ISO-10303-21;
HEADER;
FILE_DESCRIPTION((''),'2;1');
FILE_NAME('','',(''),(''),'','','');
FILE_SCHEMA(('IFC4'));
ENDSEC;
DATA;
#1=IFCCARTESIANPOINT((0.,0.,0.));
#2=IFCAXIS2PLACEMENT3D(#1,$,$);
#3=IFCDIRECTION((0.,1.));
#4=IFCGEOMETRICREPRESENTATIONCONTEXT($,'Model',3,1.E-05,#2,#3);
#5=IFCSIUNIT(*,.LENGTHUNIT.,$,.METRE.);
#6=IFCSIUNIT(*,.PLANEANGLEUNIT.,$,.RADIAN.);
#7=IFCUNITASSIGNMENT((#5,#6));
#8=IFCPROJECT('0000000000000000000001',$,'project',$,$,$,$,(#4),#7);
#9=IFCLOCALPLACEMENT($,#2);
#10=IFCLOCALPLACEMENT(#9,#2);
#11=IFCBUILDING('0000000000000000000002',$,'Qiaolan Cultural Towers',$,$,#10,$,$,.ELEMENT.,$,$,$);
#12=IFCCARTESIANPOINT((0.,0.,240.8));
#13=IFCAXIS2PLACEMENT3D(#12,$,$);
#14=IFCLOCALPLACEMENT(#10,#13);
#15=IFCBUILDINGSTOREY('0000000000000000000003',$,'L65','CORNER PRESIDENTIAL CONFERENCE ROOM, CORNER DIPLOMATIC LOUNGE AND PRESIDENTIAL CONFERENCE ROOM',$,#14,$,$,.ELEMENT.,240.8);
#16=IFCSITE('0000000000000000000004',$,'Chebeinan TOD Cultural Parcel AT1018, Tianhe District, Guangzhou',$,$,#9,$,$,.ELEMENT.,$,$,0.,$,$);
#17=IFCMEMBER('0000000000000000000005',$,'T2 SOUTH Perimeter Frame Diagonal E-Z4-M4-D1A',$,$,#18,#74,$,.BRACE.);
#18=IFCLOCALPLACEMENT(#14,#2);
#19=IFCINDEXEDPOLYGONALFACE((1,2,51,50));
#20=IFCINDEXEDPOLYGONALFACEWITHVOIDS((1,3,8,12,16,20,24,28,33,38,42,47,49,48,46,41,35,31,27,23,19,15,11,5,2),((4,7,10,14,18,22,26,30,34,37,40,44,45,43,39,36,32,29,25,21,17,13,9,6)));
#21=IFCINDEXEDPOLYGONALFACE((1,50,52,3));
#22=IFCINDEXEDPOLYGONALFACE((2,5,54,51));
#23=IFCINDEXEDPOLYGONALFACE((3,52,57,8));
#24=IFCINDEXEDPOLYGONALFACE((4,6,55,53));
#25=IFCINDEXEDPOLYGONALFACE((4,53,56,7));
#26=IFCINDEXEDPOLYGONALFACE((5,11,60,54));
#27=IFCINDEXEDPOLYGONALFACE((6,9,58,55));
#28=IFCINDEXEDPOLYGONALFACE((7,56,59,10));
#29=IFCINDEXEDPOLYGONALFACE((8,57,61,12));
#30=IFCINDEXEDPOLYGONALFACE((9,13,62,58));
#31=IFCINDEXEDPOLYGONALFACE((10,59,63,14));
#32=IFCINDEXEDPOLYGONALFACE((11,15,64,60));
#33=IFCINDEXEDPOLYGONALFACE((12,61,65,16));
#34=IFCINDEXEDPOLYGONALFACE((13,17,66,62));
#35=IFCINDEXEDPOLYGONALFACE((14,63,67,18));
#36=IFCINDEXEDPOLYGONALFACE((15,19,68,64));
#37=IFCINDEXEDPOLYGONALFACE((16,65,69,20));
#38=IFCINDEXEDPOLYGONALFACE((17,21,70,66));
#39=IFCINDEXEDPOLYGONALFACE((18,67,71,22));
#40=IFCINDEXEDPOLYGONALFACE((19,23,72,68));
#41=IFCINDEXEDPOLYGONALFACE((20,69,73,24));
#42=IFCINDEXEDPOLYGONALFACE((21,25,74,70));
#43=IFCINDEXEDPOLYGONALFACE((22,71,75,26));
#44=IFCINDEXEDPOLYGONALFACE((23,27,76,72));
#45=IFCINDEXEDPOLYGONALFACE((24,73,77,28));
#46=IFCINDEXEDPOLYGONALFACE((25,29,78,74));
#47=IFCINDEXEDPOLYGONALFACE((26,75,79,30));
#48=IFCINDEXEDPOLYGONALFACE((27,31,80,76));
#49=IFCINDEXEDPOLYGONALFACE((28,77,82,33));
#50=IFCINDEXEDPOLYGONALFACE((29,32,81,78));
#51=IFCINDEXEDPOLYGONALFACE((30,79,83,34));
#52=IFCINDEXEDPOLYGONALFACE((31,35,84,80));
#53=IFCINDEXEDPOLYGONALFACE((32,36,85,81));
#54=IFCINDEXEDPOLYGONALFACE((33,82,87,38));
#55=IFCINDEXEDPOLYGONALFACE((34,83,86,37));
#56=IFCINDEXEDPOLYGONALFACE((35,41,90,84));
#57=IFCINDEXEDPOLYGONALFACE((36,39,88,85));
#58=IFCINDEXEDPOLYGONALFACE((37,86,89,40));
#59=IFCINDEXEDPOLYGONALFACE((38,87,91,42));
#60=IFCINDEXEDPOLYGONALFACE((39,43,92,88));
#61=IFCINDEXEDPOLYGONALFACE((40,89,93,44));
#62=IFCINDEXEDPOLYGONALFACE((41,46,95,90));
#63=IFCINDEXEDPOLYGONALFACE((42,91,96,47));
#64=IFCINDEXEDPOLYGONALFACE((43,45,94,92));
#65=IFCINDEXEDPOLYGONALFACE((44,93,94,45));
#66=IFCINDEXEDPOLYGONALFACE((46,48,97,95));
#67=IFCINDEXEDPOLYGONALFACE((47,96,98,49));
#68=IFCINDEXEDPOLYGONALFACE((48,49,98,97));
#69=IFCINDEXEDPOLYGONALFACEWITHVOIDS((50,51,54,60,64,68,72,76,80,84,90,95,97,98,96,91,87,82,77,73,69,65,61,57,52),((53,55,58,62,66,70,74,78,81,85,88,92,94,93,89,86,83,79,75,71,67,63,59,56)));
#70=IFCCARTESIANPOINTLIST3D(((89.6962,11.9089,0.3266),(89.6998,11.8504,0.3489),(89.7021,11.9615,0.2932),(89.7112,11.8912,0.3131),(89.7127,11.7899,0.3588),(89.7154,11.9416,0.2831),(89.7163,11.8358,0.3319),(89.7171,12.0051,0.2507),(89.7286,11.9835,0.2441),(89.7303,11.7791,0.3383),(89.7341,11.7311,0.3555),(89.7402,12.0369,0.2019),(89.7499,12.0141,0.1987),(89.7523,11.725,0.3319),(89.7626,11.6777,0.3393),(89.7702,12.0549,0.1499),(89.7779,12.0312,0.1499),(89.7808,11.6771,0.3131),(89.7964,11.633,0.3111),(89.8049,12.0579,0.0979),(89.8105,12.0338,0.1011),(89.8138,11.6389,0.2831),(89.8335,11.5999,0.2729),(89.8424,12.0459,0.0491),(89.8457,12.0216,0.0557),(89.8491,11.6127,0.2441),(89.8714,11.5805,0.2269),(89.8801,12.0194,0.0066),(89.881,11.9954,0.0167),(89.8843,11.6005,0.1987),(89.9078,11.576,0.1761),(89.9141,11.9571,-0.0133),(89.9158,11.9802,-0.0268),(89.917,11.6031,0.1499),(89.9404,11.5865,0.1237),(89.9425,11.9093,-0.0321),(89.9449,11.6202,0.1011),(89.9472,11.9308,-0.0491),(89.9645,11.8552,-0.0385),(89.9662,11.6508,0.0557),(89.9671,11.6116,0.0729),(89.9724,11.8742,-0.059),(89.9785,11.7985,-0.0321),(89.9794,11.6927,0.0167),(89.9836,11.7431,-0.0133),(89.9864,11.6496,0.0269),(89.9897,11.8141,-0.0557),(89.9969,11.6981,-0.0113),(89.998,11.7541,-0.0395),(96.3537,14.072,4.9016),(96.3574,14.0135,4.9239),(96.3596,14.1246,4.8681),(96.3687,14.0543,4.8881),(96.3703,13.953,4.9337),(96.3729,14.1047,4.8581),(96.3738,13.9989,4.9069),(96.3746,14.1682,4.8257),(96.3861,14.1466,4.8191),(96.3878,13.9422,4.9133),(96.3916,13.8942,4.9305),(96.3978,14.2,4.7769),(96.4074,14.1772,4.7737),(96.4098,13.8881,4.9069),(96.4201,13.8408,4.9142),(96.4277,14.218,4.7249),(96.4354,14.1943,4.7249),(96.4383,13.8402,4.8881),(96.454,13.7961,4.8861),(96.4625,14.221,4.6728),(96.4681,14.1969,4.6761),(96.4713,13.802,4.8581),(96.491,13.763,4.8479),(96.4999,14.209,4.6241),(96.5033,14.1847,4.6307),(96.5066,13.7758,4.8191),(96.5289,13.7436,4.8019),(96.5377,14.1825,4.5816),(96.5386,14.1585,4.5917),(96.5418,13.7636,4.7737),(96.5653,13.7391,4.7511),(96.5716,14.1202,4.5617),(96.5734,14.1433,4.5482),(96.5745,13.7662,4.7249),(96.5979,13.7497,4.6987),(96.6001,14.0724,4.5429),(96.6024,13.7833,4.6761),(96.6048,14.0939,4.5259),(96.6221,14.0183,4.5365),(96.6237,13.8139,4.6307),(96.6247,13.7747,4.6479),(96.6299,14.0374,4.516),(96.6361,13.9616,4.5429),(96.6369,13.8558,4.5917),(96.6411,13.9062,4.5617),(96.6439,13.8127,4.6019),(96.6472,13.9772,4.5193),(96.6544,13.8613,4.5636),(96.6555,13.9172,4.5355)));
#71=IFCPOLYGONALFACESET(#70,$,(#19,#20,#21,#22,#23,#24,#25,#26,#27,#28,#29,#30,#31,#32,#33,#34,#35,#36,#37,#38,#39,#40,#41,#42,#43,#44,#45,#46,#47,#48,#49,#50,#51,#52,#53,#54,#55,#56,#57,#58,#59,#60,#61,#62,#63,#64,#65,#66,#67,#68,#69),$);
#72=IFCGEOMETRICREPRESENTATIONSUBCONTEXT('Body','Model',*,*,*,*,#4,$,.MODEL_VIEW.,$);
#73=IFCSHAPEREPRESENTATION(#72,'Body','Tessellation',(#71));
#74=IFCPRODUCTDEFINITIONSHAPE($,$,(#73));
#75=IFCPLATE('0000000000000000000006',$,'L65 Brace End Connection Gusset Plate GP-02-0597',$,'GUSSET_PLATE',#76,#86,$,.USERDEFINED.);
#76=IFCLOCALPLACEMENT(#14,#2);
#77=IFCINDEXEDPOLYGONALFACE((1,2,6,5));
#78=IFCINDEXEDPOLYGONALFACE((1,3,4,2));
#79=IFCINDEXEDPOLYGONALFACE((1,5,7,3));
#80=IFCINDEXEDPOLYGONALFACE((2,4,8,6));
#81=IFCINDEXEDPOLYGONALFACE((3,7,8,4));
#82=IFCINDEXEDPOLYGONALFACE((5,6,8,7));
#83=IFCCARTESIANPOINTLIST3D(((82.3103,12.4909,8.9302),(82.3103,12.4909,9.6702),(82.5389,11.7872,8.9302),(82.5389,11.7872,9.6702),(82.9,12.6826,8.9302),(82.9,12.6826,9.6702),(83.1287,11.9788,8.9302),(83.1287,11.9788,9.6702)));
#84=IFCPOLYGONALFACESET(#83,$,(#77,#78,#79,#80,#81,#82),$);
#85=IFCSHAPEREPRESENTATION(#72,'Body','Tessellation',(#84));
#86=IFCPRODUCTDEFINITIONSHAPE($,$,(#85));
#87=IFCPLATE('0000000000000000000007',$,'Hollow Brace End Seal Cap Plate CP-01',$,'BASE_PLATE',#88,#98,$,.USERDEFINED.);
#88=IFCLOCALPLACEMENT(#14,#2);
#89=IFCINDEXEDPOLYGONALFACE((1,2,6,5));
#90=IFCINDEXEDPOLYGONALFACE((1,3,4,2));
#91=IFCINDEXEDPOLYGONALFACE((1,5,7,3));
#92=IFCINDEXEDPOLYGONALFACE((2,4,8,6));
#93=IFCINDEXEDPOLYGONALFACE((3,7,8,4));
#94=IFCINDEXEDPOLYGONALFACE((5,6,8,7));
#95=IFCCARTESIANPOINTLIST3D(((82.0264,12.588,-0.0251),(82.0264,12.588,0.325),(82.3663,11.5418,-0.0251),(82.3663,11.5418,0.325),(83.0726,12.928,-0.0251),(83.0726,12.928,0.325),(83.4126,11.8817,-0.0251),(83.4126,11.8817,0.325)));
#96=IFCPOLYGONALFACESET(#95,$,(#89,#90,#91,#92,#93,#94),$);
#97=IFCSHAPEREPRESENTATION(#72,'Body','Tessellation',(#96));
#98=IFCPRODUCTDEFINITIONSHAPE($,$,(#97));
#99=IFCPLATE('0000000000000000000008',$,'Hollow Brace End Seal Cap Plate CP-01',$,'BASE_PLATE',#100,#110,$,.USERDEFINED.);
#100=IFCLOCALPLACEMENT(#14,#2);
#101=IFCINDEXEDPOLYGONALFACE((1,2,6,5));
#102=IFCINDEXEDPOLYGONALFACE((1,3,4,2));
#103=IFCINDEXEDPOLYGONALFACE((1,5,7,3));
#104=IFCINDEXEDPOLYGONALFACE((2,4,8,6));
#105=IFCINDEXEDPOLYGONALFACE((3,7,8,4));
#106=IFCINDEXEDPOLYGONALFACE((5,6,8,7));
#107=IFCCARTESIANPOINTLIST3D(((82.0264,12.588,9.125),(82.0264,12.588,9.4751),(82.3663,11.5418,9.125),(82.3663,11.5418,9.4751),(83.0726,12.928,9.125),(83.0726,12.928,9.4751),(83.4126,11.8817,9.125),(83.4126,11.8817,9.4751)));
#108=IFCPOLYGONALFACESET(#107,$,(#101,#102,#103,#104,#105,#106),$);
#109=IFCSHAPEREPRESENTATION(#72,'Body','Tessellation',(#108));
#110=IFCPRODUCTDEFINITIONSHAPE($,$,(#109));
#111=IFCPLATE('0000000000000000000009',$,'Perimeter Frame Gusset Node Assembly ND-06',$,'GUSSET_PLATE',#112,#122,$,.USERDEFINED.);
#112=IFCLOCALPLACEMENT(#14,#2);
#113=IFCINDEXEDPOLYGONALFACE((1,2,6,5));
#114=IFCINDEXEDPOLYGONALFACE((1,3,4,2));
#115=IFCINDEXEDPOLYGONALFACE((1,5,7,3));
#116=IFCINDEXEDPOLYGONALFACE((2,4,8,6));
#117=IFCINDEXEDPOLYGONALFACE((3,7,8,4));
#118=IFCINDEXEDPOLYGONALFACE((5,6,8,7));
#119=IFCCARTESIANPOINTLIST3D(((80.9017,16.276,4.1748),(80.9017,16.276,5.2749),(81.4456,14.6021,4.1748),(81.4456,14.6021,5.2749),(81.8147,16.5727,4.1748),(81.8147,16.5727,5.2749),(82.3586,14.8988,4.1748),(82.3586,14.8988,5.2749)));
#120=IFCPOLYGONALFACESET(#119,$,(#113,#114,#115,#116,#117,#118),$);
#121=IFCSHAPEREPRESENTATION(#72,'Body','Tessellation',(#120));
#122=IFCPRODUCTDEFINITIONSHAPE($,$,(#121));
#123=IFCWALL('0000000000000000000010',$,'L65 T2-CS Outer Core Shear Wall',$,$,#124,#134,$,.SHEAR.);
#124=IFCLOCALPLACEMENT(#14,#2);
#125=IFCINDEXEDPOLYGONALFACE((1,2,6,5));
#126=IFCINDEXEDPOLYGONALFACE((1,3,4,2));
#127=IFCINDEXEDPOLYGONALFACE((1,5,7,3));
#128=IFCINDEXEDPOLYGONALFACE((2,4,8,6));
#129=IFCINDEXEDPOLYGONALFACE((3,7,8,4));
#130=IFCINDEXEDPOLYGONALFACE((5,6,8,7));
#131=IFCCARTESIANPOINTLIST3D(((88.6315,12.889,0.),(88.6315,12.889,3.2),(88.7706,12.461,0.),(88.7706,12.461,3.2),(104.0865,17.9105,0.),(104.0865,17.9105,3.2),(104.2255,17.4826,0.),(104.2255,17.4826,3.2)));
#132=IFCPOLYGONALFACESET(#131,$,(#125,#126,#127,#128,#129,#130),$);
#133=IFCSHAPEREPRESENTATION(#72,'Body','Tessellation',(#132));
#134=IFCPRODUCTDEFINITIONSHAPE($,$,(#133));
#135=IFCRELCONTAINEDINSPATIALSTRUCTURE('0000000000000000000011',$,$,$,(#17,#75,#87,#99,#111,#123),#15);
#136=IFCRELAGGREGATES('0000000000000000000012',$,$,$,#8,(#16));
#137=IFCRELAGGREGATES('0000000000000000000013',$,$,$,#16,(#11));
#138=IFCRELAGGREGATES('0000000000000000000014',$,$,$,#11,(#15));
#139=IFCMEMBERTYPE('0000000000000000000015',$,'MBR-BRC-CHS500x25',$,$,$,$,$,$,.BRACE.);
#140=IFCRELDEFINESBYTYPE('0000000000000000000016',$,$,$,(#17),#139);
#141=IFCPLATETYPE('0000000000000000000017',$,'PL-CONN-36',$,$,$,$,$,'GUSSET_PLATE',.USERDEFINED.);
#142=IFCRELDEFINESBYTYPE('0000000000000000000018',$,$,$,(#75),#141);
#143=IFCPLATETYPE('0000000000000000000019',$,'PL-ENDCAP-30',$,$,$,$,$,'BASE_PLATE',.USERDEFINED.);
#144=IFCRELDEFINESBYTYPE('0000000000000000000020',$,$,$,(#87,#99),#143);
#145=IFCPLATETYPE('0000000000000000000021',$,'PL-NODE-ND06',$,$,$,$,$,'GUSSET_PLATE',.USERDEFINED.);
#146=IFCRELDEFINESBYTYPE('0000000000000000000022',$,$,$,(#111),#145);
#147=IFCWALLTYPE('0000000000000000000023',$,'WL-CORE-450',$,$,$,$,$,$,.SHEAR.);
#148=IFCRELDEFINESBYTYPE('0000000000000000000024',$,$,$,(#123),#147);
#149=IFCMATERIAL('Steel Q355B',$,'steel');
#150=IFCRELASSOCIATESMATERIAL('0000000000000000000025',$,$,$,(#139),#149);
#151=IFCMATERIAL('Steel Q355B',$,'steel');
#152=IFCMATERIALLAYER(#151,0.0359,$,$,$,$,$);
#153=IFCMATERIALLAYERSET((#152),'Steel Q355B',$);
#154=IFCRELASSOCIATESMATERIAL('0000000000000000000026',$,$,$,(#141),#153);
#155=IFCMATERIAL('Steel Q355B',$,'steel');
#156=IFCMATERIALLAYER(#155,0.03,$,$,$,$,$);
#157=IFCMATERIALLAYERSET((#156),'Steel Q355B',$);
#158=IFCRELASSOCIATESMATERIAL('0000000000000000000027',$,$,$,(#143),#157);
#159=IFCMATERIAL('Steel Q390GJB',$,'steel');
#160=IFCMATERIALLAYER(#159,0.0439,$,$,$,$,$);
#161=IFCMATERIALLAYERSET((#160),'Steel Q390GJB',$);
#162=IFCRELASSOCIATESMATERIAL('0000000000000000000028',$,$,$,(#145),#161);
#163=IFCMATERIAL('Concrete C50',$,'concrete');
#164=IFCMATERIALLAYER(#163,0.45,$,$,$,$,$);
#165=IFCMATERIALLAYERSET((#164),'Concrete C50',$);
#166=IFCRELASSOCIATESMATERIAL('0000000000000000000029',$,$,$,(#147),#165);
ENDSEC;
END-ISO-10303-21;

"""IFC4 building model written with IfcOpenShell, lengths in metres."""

from ifc_helpers import new_model, si_unit, direction, frame, frame_2d, origin, origin_2d, place, context, subcontext, project, spatial, rectangle, hollow_circle, extrude, material, layer, layer_set, material_profile, profile_set, type_object, element, save


model = new_model("IFC4")

# Units and contexts
model_context = context("Model", 3, precision=1e-05, world=origin(), true_north=direction((0.0, 1.0)))
body_context = subcontext(model_context, "Body", "Model", "MODEL_VIEW")
ifc_project = project(units=[si_unit("LENGTHUNIT", "METRE"), si_unit("PLANEANGLEUNIT", "RADIAN")], contexts=[model_context])

# Site, building, storey
site_placement = place(None, origin())
site = spatial("IfcSite", under=ifc_project, at=site_placement, Name="Chebeinan TOD Cultural Parcel AT1018, Tianhe District, Guangzhou", CompositionType="ELEMENT", RefElevation=0.0)
building_placement = place(site_placement, origin())
building = spatial("IfcBuilding", under=site, at=building_placement, Name="Qiaolan Cultural Towers", CompositionType="ELEMENT")
storey_placement = place(building_placement, frame((0.0, 0.0, 240.8)))
storey = spatial("IfcBuildingStorey", under=building, at=storey_placement, Name="L65", Description="CORNER PRESIDENTIAL CONFERENCE ROOM, CORNER DIPLOMATIC LOUNGE AND PRESIDENTIAL CONFERENCE ROOM", CompositionType="ELEMENT", Elevation=240.8)

# Member
ifc_material_1 = material(Name="Steel Q355B", Category="steel")
ifc_material_profile_1 = material_profile(ifc_material_1, hollow_circle(Radius=0.25, WallThickness=0.0249, at=origin_2d()), Name="CHS500x25")
ifc_profile_set_1 = profile_set([ifc_material_profile_1], Name="Steel Q355B")
member_type = type_object("IfcMemberType", Name="MBR-BRC-CHS500x25", PredefinedType="BRACE", material=ifc_profile_set_1)
member_1_placement = place(storey_placement, frame((89.8474, 11.8171, 0.1499), z_axis=(0.796112, 0.258666, 0.547081), x_axis=(-0.30901, 0.951059, 0.0)))
element("IfcMember", 1, at=member_1_placement, inside=storey, type_object=member_type, Name="T2 SOUTH Perimeter Frame Diagonal E-Z4-M4-D1A", PredefinedType="BRACE", context=body_context, shape_type="SweptSolid", body=[
    extrude(hollow_circle(Radius=0.25, WallThickness=0.0249, at=origin_2d()), origin(), (0.0, 0.0, 1.0), 8.3625),
])

# Plates
ifc_material_2 = material(Name="Steel Q355B", Category="steel")
ifc_layer_1 = layer(ifc_material_2, 0.0359)
ifc_layer_set_1 = layer_set([ifc_layer_1], Name="Steel Q355B")
plate_type_1 = type_object("IfcPlateType", Name="PL-CONN-36", ElementType="GUSSET_PLATE", PredefinedType="USERDEFINED", material=ifc_layer_set_1)
plate_1_placement = place(storey_placement, frame((82.7195, 12.2349, 8.9302), z_axis=(0.0, 0.0, 1.0), x_axis=(-0.309017, 0.951057, 0.0)))
element("IfcPlate", 2, at=plate_1_placement, inside=storey, type_object=plate_type_1, Name="L65 Brace End Connection Gusset Plate GP-02-0597", ObjectType="GUSSET_PLATE", PredefinedType="USERDEFINED", context=body_context, shape_type="SweptSolid", body=[
    extrude(rectangle(XDim=0.74, YDim=0.6201, at=origin_2d()), origin(), (0.0, 0.0, 1.0), 0.74),
])
ifc_material_3 = material(Name="Steel Q355B", Category="steel")
ifc_layer_2 = layer(ifc_material_3, 0.03)
ifc_layer_set_2 = layer_set([ifc_layer_2], Name="Steel Q355B")
plate_type_2 = type_object("IfcPlateType", Name="PL-ENDCAP-30", ElementType="BASE_PLATE", PredefinedType="USERDEFINED", material=ifc_layer_set_2)
for number, where, z_axis, x_axis, name in (
    (3, (82.7195, 12.2349, -0.0251), (0.0, 0.0, 1.0), (-0.309017, 0.951057, 0.0), "Hollow Brace End Seal Cap Plate CP-01"),
    (4, (82.7195, 12.2349, 9.125), (0.0, 0.0, 1.0), (-0.309017, 0.951057, 0.0), "Hollow Brace End Seal Cap Plate CP-01"),
):
    element("IfcPlate", number, at=place(storey_placement, frame(where, z_axis=z_axis, x_axis=x_axis)), inside=storey, type_object=plate_type_2, Name=name, ObjectType="BASE_PLATE", PredefinedType="USERDEFINED", context=body_context, shape_type="SweptSolid", body=[
        extrude(rectangle(XDim=1.1001, YDim=1.1001, at=origin_2d()), origin(), (0.0, 0.0, 1.0), 0.3501),
    ])
ifc_material_4 = material(Name="Steel Q390GJB", Category="steel")
ifc_layer_3 = layer(ifc_material_4, 0.0439)
ifc_layer_set_3 = layer_set([ifc_layer_3], Name="Steel Q390GJB")
plate_type_3 = type_object("IfcPlateType", Name="PL-NODE-ND06", ElementType="GUSSET_PLATE", PredefinedType="USERDEFINED", material=ifc_layer_set_3)
plate_2_placement = place(storey_placement, frame((81.6301, 15.5874, 4.1748), z_axis=(0.0, 0.0, 1.0), x_axis=(-0.309017, 0.951057, 0.0)))
element("IfcPlate", 5, at=plate_2_placement, inside=storey, type_object=plate_type_3, Name="Perimeter Frame Gusset Node Assembly ND-06", ObjectType="GUSSET_PLATE", PredefinedType="USERDEFINED", context=body_context, shape_type="SweptSolid", body=[
    extrude(rectangle(XDim=1.76, YDim=0.96, at=origin_2d()), origin(), (0.0, 0.0, 1.0), 1.1001),
])

# Wall
ifc_material_5 = material(Name="Concrete C50", Category="concrete")
ifc_layer_4 = layer(ifc_material_5, 0.45)
ifc_layer_set_4 = layer_set([ifc_layer_4], Name="Concrete C50")
wall_type_1 = type_object("IfcWallType", Name="WL-CORE-450", PredefinedType="SHEAR", material=ifc_layer_set_4)
wall_1_placement = place(storey_placement, frame((88.7012, 12.675, 0.0), z_axis=(0.0, 0.0, 1.0), x_axis=(0.951058, 0.309012, 0.0)))
element("IfcWall", 6, at=wall_1_placement, inside=storey, type_object=wall_type_1, Name="L65 T2-CS Outer Core Shear Wall", PredefinedType="SHEAR", context=body_context, shape_type="SweptSolid", body=[
    extrude(rectangle(XDim=16.2502, YDim=0.45, at=frame_2d((8.125, 0.0))), origin(), (0.0, 0.0, 1.0), 3.2),
])

save(model, "model.ifc")
